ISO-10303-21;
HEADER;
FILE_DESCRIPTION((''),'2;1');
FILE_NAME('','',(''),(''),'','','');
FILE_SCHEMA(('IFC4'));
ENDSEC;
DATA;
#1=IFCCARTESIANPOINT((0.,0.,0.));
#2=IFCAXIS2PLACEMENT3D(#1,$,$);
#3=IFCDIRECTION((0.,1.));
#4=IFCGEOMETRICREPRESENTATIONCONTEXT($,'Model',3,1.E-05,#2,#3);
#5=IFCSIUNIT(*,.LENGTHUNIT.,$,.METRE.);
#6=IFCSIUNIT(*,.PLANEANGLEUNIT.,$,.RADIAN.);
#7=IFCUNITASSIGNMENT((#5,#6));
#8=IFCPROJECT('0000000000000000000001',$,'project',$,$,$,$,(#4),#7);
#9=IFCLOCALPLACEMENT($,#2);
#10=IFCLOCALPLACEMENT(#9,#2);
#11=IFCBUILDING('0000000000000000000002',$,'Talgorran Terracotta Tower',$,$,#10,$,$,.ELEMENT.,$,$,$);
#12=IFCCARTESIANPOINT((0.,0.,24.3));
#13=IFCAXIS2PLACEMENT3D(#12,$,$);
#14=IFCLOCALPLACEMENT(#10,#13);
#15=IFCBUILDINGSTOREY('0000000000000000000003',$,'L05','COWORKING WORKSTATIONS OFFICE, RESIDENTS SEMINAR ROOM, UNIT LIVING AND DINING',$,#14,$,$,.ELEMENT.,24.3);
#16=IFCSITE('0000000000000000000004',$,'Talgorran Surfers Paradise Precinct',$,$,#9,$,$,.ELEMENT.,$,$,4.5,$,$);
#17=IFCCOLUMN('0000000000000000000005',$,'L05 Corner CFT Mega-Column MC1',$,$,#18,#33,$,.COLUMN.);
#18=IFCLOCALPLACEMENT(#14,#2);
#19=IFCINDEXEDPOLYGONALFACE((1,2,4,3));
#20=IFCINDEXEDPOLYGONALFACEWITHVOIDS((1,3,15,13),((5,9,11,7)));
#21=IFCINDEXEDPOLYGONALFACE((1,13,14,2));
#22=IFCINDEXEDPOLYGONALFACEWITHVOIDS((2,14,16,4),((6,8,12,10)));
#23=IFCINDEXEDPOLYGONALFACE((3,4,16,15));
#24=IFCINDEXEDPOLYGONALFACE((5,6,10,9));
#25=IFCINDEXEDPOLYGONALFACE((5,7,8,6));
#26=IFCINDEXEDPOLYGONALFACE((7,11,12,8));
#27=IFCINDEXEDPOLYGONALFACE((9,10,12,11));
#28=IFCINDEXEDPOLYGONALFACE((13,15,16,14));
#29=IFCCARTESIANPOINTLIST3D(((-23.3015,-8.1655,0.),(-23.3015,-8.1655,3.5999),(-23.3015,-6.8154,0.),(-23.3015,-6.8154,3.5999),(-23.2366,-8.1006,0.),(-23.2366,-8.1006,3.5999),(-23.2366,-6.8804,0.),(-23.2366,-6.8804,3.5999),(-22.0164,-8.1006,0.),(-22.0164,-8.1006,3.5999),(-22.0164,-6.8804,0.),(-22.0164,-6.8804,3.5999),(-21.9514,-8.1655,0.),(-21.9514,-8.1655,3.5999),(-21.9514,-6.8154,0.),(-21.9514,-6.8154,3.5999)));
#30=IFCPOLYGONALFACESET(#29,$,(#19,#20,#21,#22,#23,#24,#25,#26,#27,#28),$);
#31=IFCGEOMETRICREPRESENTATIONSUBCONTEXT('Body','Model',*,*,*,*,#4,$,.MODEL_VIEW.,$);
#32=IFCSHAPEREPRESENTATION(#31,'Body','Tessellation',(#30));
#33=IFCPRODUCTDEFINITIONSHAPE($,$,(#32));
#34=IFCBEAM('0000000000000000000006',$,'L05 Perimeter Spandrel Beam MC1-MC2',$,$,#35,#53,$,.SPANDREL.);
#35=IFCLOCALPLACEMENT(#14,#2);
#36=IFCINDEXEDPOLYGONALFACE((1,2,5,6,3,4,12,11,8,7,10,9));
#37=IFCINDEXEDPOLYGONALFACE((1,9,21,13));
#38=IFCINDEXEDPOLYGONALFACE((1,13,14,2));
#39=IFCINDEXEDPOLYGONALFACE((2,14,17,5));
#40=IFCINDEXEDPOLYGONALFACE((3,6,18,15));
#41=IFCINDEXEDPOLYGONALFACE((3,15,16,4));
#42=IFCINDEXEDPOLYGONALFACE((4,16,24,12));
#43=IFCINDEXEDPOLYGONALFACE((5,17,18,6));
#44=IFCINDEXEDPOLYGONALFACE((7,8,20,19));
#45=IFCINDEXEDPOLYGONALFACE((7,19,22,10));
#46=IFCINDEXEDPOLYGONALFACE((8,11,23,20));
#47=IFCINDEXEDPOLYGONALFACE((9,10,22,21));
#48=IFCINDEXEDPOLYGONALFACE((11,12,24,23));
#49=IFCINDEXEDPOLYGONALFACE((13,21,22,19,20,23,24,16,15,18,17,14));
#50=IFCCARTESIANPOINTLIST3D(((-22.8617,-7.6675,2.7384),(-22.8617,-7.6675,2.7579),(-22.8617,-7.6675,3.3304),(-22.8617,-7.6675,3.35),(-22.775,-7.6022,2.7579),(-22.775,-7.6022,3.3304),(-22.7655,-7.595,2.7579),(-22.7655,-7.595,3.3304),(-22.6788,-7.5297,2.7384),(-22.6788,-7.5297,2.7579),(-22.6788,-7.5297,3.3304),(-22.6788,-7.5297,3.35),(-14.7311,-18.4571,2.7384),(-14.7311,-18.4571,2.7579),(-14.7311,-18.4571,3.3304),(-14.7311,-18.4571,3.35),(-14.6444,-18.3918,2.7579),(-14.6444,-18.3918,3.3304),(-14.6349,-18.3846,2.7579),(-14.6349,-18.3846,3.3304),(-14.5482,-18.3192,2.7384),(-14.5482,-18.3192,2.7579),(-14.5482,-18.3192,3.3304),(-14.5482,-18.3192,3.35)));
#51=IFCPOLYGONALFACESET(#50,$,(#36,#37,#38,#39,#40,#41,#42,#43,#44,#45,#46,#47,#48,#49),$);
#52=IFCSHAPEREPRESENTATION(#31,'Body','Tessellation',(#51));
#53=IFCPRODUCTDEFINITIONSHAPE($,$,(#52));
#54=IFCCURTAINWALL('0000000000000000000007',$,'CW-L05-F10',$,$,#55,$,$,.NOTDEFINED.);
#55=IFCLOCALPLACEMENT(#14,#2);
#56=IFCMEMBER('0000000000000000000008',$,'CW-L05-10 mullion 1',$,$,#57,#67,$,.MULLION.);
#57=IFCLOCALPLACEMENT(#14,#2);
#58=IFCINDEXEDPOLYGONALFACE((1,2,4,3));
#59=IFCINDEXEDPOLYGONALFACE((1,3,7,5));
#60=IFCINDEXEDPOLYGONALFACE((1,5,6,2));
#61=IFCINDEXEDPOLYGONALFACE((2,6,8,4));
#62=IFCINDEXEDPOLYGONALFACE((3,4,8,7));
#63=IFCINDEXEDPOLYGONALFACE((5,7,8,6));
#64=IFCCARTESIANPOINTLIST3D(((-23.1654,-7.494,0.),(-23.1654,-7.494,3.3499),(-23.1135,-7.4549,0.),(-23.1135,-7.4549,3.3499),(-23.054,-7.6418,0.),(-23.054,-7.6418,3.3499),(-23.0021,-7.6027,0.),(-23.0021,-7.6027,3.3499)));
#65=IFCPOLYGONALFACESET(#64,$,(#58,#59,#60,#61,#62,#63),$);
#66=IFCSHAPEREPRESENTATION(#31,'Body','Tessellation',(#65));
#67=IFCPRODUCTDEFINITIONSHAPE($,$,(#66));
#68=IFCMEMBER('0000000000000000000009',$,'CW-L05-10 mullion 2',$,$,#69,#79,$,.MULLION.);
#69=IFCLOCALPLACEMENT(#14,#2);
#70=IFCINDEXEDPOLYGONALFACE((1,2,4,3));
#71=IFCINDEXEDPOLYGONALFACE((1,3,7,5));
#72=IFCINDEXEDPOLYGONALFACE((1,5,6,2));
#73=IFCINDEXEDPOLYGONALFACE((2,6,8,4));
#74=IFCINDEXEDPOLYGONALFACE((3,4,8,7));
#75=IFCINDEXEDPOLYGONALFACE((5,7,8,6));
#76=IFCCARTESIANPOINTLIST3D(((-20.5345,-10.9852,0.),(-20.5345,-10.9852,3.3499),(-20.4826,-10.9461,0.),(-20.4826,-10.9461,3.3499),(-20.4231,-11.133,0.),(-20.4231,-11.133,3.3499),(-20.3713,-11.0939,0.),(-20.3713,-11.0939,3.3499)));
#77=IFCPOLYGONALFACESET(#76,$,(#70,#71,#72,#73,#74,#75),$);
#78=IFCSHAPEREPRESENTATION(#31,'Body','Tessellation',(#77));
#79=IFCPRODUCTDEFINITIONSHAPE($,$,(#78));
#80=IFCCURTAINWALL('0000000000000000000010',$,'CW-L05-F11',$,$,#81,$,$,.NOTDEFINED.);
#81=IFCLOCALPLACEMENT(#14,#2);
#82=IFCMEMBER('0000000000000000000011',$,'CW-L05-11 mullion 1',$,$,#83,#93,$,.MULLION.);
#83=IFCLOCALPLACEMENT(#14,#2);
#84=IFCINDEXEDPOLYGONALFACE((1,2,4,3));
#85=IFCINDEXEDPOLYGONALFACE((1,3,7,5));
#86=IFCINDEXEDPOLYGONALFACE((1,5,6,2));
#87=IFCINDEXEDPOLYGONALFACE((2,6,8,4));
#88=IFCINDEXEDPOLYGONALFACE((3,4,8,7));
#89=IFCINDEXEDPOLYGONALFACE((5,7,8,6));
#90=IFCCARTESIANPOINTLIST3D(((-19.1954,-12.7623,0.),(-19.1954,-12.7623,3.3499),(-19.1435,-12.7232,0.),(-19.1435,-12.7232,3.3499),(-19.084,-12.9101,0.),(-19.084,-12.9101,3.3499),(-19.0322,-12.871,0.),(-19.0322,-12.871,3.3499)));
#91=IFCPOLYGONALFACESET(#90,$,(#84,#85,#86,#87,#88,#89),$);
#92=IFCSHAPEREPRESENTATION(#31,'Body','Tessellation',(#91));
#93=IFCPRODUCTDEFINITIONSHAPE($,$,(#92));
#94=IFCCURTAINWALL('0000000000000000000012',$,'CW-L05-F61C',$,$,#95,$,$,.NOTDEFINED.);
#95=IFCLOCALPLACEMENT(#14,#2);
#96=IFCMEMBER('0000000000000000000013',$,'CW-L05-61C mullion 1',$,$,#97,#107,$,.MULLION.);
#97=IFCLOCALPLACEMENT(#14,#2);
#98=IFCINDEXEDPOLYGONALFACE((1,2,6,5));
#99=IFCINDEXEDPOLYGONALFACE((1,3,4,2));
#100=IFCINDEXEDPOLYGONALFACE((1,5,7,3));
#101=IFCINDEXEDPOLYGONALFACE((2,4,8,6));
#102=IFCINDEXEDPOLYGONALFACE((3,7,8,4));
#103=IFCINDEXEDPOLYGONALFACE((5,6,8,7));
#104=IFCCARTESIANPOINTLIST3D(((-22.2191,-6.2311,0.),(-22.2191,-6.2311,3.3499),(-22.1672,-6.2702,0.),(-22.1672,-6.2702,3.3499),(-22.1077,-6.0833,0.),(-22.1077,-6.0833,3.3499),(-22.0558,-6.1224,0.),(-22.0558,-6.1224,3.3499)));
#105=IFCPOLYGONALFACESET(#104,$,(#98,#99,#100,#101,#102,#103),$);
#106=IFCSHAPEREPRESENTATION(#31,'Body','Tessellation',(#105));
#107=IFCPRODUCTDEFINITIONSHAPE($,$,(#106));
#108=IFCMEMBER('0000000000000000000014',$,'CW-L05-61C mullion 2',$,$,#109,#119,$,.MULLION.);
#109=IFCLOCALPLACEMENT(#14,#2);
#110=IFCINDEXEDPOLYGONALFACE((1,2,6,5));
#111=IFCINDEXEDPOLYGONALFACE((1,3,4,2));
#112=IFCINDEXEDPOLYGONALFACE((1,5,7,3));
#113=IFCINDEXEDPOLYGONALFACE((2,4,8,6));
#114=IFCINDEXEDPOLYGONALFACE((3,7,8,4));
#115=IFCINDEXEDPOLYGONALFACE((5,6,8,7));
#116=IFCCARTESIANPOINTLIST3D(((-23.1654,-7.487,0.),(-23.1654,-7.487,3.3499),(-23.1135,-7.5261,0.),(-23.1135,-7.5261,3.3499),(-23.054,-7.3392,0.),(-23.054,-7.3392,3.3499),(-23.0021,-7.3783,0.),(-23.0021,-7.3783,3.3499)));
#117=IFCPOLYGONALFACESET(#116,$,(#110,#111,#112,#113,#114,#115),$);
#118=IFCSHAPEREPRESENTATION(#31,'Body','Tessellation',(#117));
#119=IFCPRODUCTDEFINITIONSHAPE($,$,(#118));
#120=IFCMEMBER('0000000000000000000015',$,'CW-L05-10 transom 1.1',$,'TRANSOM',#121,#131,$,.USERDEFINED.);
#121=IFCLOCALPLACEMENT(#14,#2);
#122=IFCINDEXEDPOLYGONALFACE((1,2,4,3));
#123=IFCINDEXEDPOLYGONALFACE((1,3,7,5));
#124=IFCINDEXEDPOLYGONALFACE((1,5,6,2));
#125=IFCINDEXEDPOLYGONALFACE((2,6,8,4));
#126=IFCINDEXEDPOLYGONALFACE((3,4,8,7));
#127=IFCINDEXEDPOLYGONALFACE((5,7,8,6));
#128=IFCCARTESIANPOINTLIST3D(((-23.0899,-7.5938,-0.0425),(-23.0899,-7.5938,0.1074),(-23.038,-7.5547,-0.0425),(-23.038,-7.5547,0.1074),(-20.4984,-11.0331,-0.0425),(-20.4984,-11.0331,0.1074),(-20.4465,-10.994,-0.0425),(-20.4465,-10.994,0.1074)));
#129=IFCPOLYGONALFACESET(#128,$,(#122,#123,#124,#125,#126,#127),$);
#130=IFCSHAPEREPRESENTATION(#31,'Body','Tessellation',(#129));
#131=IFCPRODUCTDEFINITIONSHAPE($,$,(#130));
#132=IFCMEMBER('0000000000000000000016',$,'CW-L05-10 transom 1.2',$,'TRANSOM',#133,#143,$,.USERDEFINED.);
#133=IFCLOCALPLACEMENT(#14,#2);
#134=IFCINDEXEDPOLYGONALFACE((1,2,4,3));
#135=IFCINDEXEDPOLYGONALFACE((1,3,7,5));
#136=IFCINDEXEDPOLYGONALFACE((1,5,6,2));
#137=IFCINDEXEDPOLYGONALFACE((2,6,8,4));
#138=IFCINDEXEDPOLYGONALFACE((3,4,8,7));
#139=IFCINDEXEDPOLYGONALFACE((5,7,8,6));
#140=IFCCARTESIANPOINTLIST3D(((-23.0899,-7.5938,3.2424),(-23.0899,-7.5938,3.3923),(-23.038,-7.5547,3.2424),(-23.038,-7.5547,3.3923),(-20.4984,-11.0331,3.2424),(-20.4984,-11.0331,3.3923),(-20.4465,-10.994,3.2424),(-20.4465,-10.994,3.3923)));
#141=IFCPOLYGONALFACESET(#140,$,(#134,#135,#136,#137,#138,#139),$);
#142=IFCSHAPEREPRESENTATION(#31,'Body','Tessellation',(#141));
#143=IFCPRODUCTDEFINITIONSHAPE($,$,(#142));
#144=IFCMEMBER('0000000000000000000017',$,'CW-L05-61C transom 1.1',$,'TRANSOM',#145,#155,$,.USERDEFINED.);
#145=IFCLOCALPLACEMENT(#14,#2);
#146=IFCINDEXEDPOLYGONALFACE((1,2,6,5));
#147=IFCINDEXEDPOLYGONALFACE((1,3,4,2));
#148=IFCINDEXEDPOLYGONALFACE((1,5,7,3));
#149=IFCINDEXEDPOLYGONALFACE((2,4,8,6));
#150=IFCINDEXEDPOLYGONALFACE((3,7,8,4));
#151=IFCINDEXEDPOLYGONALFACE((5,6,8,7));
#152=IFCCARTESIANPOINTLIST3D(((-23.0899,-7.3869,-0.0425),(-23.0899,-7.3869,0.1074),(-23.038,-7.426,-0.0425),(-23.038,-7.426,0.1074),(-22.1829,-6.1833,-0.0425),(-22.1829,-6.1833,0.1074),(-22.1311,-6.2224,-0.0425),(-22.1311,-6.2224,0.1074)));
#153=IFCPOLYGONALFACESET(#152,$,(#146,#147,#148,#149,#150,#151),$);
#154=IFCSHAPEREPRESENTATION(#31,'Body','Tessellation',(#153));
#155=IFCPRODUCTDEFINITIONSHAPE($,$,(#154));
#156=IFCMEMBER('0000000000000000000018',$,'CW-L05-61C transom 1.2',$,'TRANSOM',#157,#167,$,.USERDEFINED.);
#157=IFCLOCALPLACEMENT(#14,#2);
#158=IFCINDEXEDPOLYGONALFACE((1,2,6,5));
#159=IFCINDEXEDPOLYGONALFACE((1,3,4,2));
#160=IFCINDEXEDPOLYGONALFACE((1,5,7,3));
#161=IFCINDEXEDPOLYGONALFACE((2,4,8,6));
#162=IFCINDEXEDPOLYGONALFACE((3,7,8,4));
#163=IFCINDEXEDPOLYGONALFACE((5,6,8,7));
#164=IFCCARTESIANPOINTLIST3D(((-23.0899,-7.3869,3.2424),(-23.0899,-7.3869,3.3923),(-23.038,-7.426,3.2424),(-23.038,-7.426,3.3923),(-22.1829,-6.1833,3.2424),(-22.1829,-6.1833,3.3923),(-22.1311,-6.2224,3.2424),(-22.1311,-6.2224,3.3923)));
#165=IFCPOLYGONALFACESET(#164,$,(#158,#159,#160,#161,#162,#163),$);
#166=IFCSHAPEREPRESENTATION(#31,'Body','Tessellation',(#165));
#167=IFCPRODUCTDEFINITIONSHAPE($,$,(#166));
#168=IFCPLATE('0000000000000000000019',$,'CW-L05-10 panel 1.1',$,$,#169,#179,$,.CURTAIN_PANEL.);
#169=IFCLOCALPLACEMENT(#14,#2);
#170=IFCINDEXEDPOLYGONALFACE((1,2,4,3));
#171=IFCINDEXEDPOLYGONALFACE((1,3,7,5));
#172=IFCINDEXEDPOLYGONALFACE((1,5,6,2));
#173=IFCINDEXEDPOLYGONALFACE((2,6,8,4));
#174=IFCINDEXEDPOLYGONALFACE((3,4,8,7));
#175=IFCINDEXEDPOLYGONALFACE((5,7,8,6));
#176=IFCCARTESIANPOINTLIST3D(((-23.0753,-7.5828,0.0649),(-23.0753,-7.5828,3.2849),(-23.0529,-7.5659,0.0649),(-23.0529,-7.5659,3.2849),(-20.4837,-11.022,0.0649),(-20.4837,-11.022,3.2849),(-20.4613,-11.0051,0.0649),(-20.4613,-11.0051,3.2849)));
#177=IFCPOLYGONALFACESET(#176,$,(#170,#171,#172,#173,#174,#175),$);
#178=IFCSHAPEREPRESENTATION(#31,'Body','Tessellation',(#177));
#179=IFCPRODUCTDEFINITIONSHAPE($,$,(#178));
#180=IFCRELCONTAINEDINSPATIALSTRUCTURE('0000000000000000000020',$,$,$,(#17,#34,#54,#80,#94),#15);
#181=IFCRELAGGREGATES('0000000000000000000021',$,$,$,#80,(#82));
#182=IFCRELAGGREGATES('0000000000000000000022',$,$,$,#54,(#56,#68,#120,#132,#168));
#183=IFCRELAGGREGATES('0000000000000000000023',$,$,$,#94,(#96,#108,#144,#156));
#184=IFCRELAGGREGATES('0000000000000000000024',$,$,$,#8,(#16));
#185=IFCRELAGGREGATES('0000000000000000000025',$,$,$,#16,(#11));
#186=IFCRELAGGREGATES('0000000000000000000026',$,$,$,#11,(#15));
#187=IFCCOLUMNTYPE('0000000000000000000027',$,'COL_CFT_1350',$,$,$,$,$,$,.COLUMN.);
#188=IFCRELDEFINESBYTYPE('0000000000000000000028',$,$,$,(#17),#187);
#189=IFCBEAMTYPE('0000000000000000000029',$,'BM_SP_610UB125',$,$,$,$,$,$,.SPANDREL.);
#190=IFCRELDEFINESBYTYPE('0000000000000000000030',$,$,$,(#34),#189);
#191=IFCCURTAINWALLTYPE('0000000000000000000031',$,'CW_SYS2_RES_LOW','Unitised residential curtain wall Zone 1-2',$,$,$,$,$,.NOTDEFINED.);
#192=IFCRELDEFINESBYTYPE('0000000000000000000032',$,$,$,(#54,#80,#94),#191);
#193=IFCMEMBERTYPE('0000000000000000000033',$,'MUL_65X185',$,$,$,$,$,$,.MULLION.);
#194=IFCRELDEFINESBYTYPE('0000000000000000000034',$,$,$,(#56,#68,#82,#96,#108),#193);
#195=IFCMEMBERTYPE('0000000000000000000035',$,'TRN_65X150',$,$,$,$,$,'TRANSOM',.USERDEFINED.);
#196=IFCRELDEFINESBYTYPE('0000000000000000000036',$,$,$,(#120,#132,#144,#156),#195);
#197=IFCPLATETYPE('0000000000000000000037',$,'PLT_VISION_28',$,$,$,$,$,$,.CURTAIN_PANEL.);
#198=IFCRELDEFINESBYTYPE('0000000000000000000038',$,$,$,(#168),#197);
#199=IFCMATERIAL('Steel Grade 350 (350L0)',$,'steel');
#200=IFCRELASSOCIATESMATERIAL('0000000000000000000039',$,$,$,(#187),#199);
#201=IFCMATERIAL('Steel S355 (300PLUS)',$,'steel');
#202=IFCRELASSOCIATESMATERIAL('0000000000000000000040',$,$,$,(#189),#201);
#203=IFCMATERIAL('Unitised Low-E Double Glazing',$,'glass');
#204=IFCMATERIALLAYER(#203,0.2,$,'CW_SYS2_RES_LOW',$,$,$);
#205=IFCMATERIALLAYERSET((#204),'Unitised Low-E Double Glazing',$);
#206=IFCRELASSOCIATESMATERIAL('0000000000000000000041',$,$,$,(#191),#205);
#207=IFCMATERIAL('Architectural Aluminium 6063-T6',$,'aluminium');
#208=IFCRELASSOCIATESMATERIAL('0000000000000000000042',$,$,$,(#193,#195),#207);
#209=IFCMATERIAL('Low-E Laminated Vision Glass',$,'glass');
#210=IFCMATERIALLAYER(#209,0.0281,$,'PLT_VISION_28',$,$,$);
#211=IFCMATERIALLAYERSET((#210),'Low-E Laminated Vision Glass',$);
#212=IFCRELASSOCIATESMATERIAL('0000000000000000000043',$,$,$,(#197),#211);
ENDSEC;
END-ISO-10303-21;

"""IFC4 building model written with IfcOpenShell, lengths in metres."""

from ifc_helpers import new_model, si_unit, direction, frame, origin, origin_2d, place, context, subcontext, project, spatial, rectangle, hollow_rectangle, i_section, extrude, source, transform, mapped, material, layer, layer_set, material_profile, profile_set, type_object, element, aggregate, save


model = new_model("IFC4")

# Units and contexts
model_context = context("Model", 3, precision=1e-05, world=origin(), true_north=direction((0.0, 1.0)))
body_context = subcontext(model_context, "Body", "Model", "MODEL_VIEW")
ifc_project = project(units=[si_unit("LENGTHUNIT", "METRE"), si_unit("PLANEANGLEUNIT", "RADIAN")], contexts=[model_context])

# Site, building, storey
site_placement = place(None, origin())
site = spatial("IfcSite", under=ifc_project, at=site_placement, Name="Talgorran Surfers Paradise Precinct", CompositionType="ELEMENT", RefElevation=4.5)
building_placement = place(site_placement, origin())
building = spatial("IfcBuilding", under=site, at=building_placement, Name="Talgorran Terracotta Tower", CompositionType="ELEMENT")
storey_placement = place(building_placement, frame((0.0, 0.0, 24.3)))
storey = spatial("IfcBuildingStorey", under=building, at=storey_placement, Name="L05", Description="COWORKING WORKSTATIONS OFFICE, RESIDENTS SEMINAR ROOM, UNIT LIVING AND DINING", CompositionType="ELEMENT", Elevation=24.3)

# Column
ifc_material_1 = material(Name="Steel Grade 350 (350L0)", Category="steel")
ifc_material_profile_1 = material_profile(ifc_material_1, hollow_rectangle(XDim=1.3501, YDim=1.3501, WallThickness=0.0649, at=origin_2d()), Name="CFT1350X1350X65")
ifc_profile_set_1 = profile_set([ifc_material_profile_1], Name="Steel Grade 350 (350L0)")
column_type = type_object("IfcColumnType", Name="COL_CFT_1350", PredefinedType="COLUMN", material=ifc_profile_set_1)
column_placement = place(storey_placement, frame((-22.6265, -7.4905, 0.0), z_axis=(0.0, 0.0, 1.0), x_axis=(1.0, 0.0, 0.0)))
element("IfcColumn", 1, at=column_placement, inside=storey, type_object=column_type, Name="L05 Corner CFT Mega-Column MC1", PredefinedType="COLUMN", context=body_context, shape_type="SweptSolid", body=[
    extrude(hollow_rectangle(XDim=1.3501, YDim=1.3501, WallThickness=0.0649, at=origin_2d()), origin(), (0.0, 0.0, 1.0), 3.5999),
])

# Beam
ifc_material_2 = material(Name="Steel S355 (300PLUS)", Category="steel")
ifc_material_profile_2 = material_profile(ifc_material_2, i_section(OverallWidth=0.229, OverallDepth=0.6116, WebThickness=0.012, FlangeThickness=0.0195, at=origin_2d()), Name="610UB125")
ifc_profile_set_2 = profile_set([ifc_material_profile_2], Name="Steel S355 (300PLUS)")
beam_type = type_object("IfcBeamType", Name="BM_SP_610UB125", PredefinedType="SPANDREL", material=ifc_profile_set_2)
beam_placement = place(storey_placement, frame((-22.7703, -7.5986, 3.0442), z_axis=(0.60182, -0.798632, 0.0), x_axis=(0.798632, 0.60182, 0.0)))
element("IfcBeam", 2, at=beam_placement, inside=storey, type_object=beam_type, Name="L05 Perimeter Spandrel Beam MC1-MC2", PredefinedType="SPANDREL", context=body_context, shape_type="SweptSolid", body=[
    extrude(i_section(OverallWidth=0.229, OverallDepth=0.6116, WebThickness=0.012, FlangeThickness=0.0195, at=origin_2d()), origin(), (0.0, 0.0, 1.0), 13.51),
])

# Curtain wall, members
ifc_material_3 = material(Name="Unitised Low-E Double Glazing", Category="glass")
ifc_layer_1 = layer(ifc_material_3, 0.2, Name="CW_SYS2_RES_LOW")
ifc_layer_set_1 = layer_set([ifc_layer_1], Name="Unitised Low-E Double Glazing")
curtain_wall_type = type_object("IfcCurtainWallType", Name="CW_SYS2_RES_LOW", Description="Unitised residential curtain wall Zone 1-2", PredefinedType="NOTDEFINED", material=ifc_layer_set_1)
curtain_wall_1_placement = place(storey_placement, origin())
curtain_wall_1 = element("IfcCurtainWall", 3, at=curtain_wall_1_placement, inside=storey, type_object=curtain_wall_type, Name="CW-L05-F10", PredefinedType="NOTDEFINED")
ifc_material_4 = material(Name="Architectural Aluminium 6063-T6", Category="aluminium")
ifc_material_profile_3 = material_profile(ifc_material_4, rectangle(XDim=0.0649, YDim=0.1851, at=origin_2d()), Name="CWM65X185")
ifc_profile_set_3 = profile_set([ifc_material_profile_3], Name="Architectural Aluminium 6063-T6")
member_type_1 = type_object("IfcMemberType", Name="MUL_65X185", PredefinedType="MULLION", material=ifc_profile_set_3)
member_1_placement = place(storey_placement, frame((-23.0837, -7.5483, 0.0), z_axis=(0.0, 0.0, 1.0), x_axis=(0.798646, 0.601802, 0.0)))
member_1 = element("IfcMember", 4, at=member_1_placement, type_object=member_type_1, Name="CW-L05-10 mullion 1", PredefinedType="MULLION", context=body_context, shape_type="SweptSolid", body=[
    extrude(rectangle(XDim=0.0649, YDim=0.1851, at=origin_2d()), origin(), (0.0, 0.0, 1.0), 3.3499),
])
member_2_placement = place(storey_placement, frame((-20.4529, -11.0396, 0.0), z_axis=(0.0, 0.0, 1.0), x_axis=(0.798646, 0.601802, 0.0)))
member_2 = element("IfcMember", 5, at=member_2_placement, type_object=member_type_1, Name="CW-L05-10 mullion 2", PredefinedType="MULLION", context=body_context, shape_type="SweptSolid", body=[
    extrude(rectangle(XDim=0.0649, YDim=0.1851, at=origin_2d()), origin(), (0.0, 0.0, 1.0), 3.3499),
])

# Curtain wall, member
curtain_wall_2_placement = place(storey_placement, origin())
curtain_wall_2 = element("IfcCurtainWall", 6, at=curtain_wall_2_placement, inside=storey, type_object=curtain_wall_type, Name="CW-L05-F11", PredefinedType="NOTDEFINED")
member_3_placement = place(storey_placement, frame((-19.1138, -12.8167, 0.0), z_axis=(0.0, 0.0, 1.0), x_axis=(0.798638, 0.601811, 0.0)))
member_3 = element("IfcMember", 7, at=member_3_placement, type_object=member_type_1, Name="CW-L05-11 mullion 1", PredefinedType="MULLION", context=body_context, shape_type="SweptSolid", body=[
    extrude(rectangle(XDim=0.0649, YDim=0.1851, at=origin_2d()), origin(), (0.0, 0.0, 1.0), 3.3499),
])
aggregate(curtain_wall_2, [member_3])

# Curtain wall, members
curtain_wall_3_placement = place(storey_placement, origin())
curtain_wall_3 = element("IfcCurtainWall", 8, at=curtain_wall_3_placement, inside=storey, type_object=curtain_wall_type, Name="CW-L05-F61C", PredefinedType="NOTDEFINED")
member_4_placement = place(storey_placement, frame((-22.1375, -6.1768, 0.0), z_axis=(0.0, 0.0, 1.0), x_axis=(0.79862, -0.601836, 0.0)))
member_4 = element("IfcMember", 9, at=member_4_placement, type_object=member_type_1, Name="CW-L05-61C mullion 1", PredefinedType="MULLION", context=body_context, shape_type="SweptSolid", body=[
    extrude(rectangle(XDim=0.0649, YDim=0.1851, at=origin_2d()), origin(), (0.0, 0.0, 1.0), 3.3499),
])
member_5_placement = place(storey_placement, frame((-23.0837, -7.4326, 0.0), z_axis=(0.0, 0.0, 1.0), x_axis=(0.79862, -0.601836, 0.0)))
member_5 = element("IfcMember", 10, at=member_5_placement, type_object=member_type_1, Name="CW-L05-61C mullion 2", PredefinedType="MULLION", context=body_context, shape_type="SweptSolid", body=[
    extrude(rectangle(XDim=0.0649, YDim=0.1851, at=origin_2d()), origin(), (0.0, 0.0, 1.0), 3.3499),
])

# Members
ifc_material_profile_4 = material_profile(ifc_material_4, rectangle(XDim=0.0649, YDim=0.1499, at=origin_2d()), Name="CWT65X150")
ifc_profile_set_4 = profile_set([ifc_material_profile_4], Name="Architectural Aluminium 6063-T6")
member_type_2 = type_object("IfcMemberType", Name="TRN_65X150", ElementType="TRANSOM", PredefinedType="USERDEFINED", material=ifc_profile_set_4)
member_6_placement = place(storey_placement, frame((-23.064, -7.5742, 0.0325), z_axis=(0.601776, -0.798665, 0.0), x_axis=(0.798665, 0.601776, 0.0)))
member_6 = element("IfcMember", 11, at=member_6_placement, type_object=member_type_2, Name="CW-L05-10 transom 1.1", ObjectType="TRANSOM", PredefinedType="USERDEFINED", context=body_context, shape_type="SweptSolid", body=[
    extrude(rectangle(XDim=0.0649, YDim=0.1499, at=origin_2d()), origin(), (0.0, 0.0, 1.0), 4.3064),
])
member_7_placement = place(storey_placement, frame((-23.064, -7.5742, 3.3174), z_axis=(0.601776, -0.798665, 0.0), x_axis=(0.798665, 0.601776, 0.0)))
member_7 = element("IfcMember", 12, at=member_7_placement, type_object=member_type_2, Name="CW-L05-10 transom 1.2", ObjectType="TRANSOM", PredefinedType="USERDEFINED", context=body_context, shape_type="SweptSolid", body=[
    extrude(rectangle(XDim=0.0649, YDim=0.1499, at=origin_2d()), origin(), (0.0, 0.0, 1.0), 4.3064),
])
member_8_placement = place(storey_placement, frame((-22.157, -6.2029, 0.0325), z_axis=(-0.601813, -0.798637, 0.0), x_axis=(0.798637, -0.601813, 0.0)))
member_8 = element("IfcMember", 13, at=member_8_placement, type_object=member_type_2, Name="CW-L05-61C transom 1.1", ObjectType="TRANSOM", PredefinedType="USERDEFINED", context=body_context, shape_type="SweptSolid", body=[
    extrude(rectangle(XDim=0.0649, YDim=0.1499, at=origin_2d()), origin(), (0.0, 0.0, 1.0), 1.5071),
])
member_9_placement = place(storey_placement, frame((-22.157, -6.2029, 3.3174), z_axis=(-0.601813, -0.798637, 0.0), x_axis=(0.798637, -0.601813, 0.0)))
member_9 = element("IfcMember", 14, at=member_9_placement, type_object=member_type_2, Name="CW-L05-61C transom 1.2", ObjectType="TRANSOM", PredefinedType="USERDEFINED", context=body_context, shape_type="SweptSolid", body=[
    extrude(rectangle(XDim=0.0649, YDim=0.1499, at=origin_2d()), origin(), (0.0, 0.0, 1.0), 1.5071),
])

# Plate
ifc_material_5 = material(Name="Low-E Laminated Vision Glass", Category="glass")
ifc_layer_2 = layer(ifc_material_5, 0.0281, Name="PLT_VISION_28")
ifc_layer_set_2 = layer_set([ifc_layer_2], Name="Low-E Laminated Vision Glass")
plate_type = type_object("IfcPlateType", Name="PLT_VISION_28", PredefinedType="CURTAIN_PANEL", material=ifc_layer_set_2)
shared_shape_1 = source(origin(), body_context, "Body", "SweptSolid", [
    extrude(rectangle(XDim=4.3064, YDim=0.0281, at=origin_2d()), origin(), (0.0, 0.0, 1.0), 3.22),
])
plate_1_placement = place(storey_placement, frame((-21.7683, -9.2939, 0.0649), z_axis=(0.0, 0.0, 1.0), x_axis=(0.601802, -0.798646, 0.0)))
plate_1 = element("IfcPlate", 15, at=plate_1_placement, type_object=plate_type, Name="CW-L05-10 panel 1.1", PredefinedType="CURTAIN_PANEL", context=body_context, shape_type="MappedRepresentation", body=[
    mapped(shared_shape_1, transform((0.0, 0.0, 0.0), scale=1.0)),
])
aggregate(curtain_wall_1, [member_1, member_2, member_6, member_7, plate_1])
aggregate(curtain_wall_3, [member_4, member_5, member_8, member_9])

save(model, "model.ifc")
